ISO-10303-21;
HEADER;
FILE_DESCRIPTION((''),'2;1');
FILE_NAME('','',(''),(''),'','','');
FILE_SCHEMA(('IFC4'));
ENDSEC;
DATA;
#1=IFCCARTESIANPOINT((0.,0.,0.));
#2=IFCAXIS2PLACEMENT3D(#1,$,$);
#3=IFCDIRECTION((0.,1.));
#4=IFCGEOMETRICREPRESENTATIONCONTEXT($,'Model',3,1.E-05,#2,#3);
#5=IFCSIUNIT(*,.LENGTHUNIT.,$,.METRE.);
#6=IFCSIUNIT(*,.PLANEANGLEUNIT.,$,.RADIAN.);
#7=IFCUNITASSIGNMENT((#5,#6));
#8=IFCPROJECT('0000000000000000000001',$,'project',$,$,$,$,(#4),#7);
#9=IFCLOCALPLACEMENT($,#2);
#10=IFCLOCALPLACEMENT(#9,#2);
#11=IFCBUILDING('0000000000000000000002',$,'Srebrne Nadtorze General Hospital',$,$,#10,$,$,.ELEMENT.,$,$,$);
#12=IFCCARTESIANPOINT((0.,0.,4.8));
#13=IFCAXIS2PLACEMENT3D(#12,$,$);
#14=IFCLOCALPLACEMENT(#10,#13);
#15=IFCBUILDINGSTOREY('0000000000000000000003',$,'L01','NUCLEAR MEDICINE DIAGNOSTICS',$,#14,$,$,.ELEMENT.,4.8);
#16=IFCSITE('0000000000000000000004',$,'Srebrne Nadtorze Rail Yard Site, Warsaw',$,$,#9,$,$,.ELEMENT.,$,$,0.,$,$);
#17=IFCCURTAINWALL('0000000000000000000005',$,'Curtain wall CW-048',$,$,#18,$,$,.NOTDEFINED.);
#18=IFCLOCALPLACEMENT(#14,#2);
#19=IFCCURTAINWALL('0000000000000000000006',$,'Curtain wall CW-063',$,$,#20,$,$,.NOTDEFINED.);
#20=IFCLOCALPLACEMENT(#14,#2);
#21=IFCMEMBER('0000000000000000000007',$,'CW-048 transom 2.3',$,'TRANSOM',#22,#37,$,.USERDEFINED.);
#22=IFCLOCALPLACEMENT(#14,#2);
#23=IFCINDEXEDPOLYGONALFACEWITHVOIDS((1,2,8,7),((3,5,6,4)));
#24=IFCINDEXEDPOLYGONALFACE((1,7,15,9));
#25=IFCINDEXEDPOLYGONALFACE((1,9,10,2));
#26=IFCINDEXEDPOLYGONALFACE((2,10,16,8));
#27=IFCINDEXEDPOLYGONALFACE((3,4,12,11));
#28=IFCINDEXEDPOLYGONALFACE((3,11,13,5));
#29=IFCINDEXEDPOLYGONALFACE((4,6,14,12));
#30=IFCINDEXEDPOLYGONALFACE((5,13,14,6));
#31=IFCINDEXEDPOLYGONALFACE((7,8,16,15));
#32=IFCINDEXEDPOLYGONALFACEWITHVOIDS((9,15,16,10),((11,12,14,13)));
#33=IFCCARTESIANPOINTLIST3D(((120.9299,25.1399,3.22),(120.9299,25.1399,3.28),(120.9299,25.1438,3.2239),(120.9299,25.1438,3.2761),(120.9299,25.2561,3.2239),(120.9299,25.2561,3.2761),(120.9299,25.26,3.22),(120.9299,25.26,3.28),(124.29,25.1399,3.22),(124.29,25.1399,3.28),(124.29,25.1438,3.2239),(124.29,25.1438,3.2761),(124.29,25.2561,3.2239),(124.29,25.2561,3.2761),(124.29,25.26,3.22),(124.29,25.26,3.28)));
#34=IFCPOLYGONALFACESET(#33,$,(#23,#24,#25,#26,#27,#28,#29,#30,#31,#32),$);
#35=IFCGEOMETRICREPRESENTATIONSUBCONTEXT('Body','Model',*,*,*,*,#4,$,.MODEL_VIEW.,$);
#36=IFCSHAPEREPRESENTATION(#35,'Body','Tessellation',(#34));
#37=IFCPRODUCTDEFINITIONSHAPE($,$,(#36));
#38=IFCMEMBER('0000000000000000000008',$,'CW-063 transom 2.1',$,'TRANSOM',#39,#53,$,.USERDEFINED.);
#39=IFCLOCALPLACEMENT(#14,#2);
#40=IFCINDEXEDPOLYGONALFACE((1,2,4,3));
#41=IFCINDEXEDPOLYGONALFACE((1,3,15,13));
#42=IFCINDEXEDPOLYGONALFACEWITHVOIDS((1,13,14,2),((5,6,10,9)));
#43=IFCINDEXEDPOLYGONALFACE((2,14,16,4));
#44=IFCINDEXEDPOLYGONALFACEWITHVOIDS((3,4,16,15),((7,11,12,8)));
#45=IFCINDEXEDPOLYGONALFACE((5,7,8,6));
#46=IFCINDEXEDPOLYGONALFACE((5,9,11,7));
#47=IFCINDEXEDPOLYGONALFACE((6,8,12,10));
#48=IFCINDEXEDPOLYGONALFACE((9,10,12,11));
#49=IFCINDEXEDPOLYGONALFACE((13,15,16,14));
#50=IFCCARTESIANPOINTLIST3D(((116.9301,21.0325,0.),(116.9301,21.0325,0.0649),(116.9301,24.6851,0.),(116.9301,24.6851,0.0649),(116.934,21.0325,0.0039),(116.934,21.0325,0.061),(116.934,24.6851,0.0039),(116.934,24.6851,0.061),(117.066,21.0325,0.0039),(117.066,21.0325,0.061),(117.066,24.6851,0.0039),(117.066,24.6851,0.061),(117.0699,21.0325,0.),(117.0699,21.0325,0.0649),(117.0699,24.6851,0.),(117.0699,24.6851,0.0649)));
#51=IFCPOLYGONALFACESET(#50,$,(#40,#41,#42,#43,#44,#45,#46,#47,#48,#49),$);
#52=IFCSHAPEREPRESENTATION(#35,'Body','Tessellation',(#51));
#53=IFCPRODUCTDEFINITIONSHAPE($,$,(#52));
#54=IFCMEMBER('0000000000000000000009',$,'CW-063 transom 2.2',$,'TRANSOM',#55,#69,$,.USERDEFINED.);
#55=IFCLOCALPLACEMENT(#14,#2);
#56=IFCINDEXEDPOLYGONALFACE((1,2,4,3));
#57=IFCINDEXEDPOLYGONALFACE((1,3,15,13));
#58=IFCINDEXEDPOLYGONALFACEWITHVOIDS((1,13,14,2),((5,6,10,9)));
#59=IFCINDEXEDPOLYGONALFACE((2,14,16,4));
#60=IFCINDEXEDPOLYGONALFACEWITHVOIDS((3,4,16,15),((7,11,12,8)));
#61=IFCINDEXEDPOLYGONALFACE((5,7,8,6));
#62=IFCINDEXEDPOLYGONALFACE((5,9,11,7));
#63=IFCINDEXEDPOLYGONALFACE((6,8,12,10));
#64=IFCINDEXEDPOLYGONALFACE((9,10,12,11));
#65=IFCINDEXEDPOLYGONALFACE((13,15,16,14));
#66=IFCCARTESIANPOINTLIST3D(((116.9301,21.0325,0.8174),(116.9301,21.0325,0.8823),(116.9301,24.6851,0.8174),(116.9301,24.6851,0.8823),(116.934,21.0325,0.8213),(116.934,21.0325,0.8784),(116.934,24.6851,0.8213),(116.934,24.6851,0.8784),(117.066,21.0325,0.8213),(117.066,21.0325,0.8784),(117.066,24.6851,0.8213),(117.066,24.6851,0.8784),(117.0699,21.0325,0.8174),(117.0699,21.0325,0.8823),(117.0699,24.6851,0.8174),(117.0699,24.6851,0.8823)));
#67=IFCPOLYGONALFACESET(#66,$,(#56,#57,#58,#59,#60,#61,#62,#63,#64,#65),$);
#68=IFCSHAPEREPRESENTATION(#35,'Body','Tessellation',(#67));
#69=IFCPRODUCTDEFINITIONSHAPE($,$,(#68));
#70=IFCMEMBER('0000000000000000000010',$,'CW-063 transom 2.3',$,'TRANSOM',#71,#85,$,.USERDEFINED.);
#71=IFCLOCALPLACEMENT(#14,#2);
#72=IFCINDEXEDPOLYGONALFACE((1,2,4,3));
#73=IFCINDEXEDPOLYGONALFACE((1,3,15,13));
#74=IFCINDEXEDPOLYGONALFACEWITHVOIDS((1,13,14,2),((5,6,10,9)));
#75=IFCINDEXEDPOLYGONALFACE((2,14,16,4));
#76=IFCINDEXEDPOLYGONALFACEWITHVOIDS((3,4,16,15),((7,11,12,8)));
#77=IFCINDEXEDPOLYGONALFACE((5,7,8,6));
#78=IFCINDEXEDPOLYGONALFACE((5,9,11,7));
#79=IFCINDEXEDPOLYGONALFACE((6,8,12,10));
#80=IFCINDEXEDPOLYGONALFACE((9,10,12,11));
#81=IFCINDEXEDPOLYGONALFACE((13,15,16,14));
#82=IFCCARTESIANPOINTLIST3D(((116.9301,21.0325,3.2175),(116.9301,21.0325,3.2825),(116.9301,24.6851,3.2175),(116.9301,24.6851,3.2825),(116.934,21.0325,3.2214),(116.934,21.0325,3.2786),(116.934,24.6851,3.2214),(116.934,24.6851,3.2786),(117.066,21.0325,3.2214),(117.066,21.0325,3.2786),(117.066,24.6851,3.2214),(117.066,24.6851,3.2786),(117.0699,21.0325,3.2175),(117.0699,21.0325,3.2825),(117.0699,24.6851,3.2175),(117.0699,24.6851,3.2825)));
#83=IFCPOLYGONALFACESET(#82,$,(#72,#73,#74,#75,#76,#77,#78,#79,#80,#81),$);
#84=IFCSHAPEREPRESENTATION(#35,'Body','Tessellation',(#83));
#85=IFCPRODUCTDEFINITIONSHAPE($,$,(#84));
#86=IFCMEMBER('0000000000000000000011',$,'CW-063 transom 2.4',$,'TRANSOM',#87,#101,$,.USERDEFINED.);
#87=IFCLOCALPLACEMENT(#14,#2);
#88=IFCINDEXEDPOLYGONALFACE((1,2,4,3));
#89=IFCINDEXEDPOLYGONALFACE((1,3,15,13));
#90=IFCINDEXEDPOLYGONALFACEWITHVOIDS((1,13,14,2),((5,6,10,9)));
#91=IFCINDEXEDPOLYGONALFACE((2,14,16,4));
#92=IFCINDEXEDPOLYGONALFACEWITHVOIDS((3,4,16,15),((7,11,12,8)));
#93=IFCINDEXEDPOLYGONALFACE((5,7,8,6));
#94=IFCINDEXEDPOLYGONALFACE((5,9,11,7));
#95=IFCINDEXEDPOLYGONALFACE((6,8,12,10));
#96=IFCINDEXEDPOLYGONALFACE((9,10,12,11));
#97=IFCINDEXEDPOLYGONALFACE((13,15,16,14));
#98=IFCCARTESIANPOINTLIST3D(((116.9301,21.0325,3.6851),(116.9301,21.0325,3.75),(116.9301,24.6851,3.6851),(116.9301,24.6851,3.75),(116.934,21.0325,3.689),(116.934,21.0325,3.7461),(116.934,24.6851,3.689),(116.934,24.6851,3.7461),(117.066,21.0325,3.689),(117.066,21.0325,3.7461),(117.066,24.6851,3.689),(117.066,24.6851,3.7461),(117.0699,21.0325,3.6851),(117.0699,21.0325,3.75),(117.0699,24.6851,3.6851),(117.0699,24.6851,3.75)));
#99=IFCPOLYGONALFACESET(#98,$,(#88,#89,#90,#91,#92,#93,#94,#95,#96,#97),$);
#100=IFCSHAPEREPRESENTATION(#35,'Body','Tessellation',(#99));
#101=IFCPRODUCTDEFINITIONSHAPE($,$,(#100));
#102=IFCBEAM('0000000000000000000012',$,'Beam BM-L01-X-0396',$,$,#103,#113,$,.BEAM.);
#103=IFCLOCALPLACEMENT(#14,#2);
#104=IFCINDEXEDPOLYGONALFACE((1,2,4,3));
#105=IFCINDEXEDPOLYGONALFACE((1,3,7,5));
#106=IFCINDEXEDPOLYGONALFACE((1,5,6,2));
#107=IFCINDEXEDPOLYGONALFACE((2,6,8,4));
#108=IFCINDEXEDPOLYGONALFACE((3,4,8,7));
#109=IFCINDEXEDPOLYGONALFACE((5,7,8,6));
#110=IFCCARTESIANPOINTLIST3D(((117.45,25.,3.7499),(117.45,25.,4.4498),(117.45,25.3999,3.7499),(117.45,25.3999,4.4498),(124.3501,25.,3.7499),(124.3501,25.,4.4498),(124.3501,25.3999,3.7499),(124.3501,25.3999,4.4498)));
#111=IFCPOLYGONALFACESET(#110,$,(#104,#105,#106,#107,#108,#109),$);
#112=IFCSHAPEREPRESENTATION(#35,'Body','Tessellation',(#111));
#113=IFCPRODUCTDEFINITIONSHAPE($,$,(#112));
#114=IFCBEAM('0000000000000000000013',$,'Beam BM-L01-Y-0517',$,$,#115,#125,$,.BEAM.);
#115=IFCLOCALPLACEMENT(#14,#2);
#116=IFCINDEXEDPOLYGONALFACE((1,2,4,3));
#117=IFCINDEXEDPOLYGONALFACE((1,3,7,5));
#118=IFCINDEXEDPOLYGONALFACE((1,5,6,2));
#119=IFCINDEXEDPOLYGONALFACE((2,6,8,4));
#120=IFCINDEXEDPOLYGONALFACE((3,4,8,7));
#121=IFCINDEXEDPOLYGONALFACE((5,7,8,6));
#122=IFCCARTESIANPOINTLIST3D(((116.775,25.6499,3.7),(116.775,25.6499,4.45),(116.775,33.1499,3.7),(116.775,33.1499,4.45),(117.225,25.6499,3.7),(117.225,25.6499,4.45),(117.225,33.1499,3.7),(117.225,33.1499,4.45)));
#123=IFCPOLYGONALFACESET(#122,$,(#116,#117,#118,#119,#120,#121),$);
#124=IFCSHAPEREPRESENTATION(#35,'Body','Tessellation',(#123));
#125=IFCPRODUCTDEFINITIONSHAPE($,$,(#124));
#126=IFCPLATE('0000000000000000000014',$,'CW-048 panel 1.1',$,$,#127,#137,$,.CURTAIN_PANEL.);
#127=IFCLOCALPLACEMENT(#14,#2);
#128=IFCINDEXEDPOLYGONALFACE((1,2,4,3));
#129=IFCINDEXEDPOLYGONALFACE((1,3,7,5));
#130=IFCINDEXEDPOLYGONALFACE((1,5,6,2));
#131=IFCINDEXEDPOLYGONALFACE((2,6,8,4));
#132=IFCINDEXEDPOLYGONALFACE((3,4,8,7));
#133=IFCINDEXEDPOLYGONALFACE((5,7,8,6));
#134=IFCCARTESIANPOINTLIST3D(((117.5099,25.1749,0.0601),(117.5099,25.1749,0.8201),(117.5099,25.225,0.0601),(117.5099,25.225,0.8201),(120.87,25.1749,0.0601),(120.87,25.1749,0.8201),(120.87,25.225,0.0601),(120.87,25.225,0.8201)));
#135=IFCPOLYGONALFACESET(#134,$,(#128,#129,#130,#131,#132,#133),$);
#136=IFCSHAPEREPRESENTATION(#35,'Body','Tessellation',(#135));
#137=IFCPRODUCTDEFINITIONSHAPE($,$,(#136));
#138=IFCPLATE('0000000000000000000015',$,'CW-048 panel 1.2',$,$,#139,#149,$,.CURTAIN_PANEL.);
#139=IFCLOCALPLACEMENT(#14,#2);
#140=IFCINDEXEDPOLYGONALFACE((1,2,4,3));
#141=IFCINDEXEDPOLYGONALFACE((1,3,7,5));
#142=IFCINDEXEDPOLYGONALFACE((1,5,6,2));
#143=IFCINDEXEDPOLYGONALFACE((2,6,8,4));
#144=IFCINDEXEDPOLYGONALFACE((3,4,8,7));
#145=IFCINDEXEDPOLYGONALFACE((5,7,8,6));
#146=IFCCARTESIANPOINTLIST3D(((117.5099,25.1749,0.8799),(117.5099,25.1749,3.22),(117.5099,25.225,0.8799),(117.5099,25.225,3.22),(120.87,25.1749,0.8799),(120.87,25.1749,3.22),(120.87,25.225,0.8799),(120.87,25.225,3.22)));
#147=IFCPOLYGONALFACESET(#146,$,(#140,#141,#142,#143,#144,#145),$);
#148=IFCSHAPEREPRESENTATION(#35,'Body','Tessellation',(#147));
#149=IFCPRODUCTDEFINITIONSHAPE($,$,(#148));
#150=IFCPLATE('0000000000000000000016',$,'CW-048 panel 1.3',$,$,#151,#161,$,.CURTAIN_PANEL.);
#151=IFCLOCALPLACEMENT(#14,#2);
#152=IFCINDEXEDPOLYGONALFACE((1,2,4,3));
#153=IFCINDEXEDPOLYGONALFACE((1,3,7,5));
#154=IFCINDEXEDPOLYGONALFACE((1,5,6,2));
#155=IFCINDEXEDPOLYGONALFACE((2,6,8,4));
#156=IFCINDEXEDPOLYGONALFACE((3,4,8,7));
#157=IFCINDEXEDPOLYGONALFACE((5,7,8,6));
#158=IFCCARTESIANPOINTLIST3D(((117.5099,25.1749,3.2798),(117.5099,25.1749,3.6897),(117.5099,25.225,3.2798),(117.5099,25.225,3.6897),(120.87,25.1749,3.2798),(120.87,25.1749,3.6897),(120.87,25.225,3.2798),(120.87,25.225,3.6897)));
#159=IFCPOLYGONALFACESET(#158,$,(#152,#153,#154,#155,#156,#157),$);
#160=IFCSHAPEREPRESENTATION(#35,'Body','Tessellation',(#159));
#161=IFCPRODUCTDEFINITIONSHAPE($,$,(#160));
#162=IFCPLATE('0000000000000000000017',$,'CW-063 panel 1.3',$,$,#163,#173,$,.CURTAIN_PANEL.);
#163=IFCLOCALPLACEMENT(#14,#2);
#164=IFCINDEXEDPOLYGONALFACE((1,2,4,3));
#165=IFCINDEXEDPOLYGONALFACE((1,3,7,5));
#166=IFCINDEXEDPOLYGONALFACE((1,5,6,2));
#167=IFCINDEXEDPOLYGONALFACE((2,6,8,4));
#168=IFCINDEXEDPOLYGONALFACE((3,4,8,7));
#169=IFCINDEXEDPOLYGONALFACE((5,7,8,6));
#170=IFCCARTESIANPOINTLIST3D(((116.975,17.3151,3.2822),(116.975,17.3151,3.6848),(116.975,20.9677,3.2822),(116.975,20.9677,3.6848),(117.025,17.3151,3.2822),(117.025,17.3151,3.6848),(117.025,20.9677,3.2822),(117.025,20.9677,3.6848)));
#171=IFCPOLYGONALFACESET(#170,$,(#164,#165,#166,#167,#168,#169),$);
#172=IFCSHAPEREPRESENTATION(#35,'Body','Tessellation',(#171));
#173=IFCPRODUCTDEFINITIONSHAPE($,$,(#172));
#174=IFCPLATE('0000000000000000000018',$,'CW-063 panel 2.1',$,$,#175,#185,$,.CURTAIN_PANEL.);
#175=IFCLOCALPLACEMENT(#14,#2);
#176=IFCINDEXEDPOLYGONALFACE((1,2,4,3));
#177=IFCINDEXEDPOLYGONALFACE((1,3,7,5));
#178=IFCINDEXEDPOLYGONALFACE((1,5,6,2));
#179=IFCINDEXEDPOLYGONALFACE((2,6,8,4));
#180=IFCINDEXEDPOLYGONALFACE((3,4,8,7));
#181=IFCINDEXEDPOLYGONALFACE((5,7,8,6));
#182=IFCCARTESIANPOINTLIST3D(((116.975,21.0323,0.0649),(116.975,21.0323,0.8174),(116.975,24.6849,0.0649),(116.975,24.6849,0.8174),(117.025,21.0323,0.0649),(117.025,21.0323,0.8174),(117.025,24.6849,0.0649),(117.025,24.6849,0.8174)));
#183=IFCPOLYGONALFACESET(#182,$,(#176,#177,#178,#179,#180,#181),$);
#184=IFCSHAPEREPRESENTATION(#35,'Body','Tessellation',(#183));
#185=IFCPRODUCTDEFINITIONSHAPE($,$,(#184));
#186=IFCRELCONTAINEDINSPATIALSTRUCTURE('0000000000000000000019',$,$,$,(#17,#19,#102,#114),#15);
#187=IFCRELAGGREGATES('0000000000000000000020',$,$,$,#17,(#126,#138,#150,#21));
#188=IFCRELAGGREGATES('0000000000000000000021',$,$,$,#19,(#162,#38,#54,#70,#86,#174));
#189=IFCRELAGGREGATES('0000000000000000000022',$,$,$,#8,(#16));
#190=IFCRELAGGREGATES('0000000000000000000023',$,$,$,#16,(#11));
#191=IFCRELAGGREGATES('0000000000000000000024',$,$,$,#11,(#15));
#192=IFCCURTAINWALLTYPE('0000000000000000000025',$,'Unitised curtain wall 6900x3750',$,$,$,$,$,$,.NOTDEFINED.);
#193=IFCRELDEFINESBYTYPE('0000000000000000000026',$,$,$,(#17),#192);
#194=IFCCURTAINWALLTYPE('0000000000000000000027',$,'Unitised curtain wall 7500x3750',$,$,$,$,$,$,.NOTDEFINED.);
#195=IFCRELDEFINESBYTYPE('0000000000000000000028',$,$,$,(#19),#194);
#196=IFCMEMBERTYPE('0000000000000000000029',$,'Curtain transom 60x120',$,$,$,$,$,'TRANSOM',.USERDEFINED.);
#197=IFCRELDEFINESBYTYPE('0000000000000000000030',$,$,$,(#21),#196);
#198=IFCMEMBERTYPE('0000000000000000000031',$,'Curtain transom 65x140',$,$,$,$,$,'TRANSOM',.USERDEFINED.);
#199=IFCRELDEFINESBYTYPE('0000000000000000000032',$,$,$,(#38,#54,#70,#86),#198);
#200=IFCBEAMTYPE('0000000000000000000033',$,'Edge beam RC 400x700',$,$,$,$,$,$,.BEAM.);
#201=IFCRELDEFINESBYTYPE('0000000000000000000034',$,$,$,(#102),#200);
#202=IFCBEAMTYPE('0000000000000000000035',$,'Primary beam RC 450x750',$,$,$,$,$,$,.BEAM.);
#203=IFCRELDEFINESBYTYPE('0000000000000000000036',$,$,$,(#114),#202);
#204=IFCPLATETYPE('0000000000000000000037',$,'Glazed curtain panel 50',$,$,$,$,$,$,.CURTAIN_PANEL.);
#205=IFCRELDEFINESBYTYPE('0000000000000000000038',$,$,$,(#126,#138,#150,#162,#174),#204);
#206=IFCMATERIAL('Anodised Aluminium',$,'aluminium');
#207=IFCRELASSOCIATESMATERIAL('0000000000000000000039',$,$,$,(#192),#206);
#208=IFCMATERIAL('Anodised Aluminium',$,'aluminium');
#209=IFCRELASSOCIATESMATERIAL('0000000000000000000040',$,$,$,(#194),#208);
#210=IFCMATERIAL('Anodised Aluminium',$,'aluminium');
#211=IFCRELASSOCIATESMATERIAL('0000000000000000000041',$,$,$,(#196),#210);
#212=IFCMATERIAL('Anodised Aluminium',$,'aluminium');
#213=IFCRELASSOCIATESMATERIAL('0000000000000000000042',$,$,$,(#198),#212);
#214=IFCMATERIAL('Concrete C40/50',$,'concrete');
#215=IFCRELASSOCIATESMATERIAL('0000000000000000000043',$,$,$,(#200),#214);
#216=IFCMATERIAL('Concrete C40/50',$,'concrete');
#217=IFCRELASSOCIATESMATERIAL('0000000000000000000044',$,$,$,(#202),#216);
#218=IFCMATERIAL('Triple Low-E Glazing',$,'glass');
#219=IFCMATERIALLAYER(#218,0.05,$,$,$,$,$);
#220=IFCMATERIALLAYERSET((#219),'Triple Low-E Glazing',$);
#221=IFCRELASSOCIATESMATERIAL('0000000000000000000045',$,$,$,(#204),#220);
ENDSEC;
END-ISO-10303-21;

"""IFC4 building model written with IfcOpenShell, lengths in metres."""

from ifc_helpers import new_model, si_unit, direction, frame, origin, origin_2d, place, context, subcontext, project, spatial, rectangle, hollow_rectangle, extrude, material, layer, layer_set, material_profile, profile_set, type_object, element, aggregate, save


model = new_model("IFC4")

# Units and contexts
model_context = context("Model", 3, precision=1e-05, world=origin(), true_north=direction((0.0, 1.0)))
body_context = subcontext(model_context, "Body", "Model", "MODEL_VIEW")
ifc_project = project(units=[si_unit("LENGTHUNIT", "METRE"), si_unit("PLANEANGLEUNIT", "RADIAN")], contexts=[model_context])

# Site, building, storey
site_placement = place(None, origin())
site = spatial("IfcSite", under=ifc_project, at=site_placement, Name="Srebrne Nadtorze Rail Yard Site, Warsaw", CompositionType="ELEMENT", RefElevation=0.0)
building_placement = place(site_placement, origin())
building = spatial("IfcBuilding", under=site, at=building_placement, Name="Srebrne Nadtorze General Hospital", CompositionType="ELEMENT")
storey_placement = place(building_placement, frame((0.0, 0.0, 4.8)))
storey = spatial("IfcBuildingStorey", under=building, at=storey_placement, Name="L01", Description="NUCLEAR MEDICINE DIAGNOSTICS", CompositionType="ELEMENT", Elevation=4.8)

# Curtain walls
ifc_material_1 = material(Name="Anodised Aluminium", Category="aluminium")
curtain_wall_type_1 = type_object("IfcCurtainWallType", Name="Unitised curtain wall 6900x3750", PredefinedType="NOTDEFINED", material=ifc_material_1)
curtain_wall_1_placement = place(storey_placement, origin())
curtain_wall_1 = element("IfcCurtainWall", 1, at=curtain_wall_1_placement, inside=storey, type_object=curtain_wall_type_1, Name="Curtain wall CW-048", PredefinedType="NOTDEFINED")
ifc_material_2 = material(Name="Anodised Aluminium", Category="aluminium")
curtain_wall_type_2 = type_object("IfcCurtainWallType", Name="Unitised curtain wall 7500x3750", PredefinedType="NOTDEFINED", material=ifc_material_2)
curtain_wall_2_placement = place(storey_placement, origin())
curtain_wall_2 = element("IfcCurtainWall", 2, at=curtain_wall_2_placement, inside=storey, type_object=curtain_wall_type_2, Name="Curtain wall CW-063", PredefinedType="NOTDEFINED")

# Members
ifc_material_3 = material(Name="Anodised Aluminium", Category="aluminium")
ifc_material_profile_1 = material_profile(ifc_material_3, hollow_rectangle(XDim=0.0601, YDim=0.1201, WallThickness=0.0039, at=origin_2d()), Name="AL-TRN-60x120")
ifc_profile_set_1 = profile_set([ifc_material_profile_1], Name="Anodised Aluminium")
member_type_1 = type_object("IfcMemberType", Name="Curtain transom 60x120", ElementType="TRANSOM", PredefinedType="USERDEFINED", material=ifc_profile_set_1)
member_1_placement = place(storey_placement, frame((120.9299, 25.2, 3.25), z_axis=(1.0, 0.0, 0.0), x_axis=(0.0, 0.0, 1.0)))
member_1 = element("IfcMember", 3, at=member_1_placement, type_object=member_type_1, Name="CW-048 transom 2.3", ObjectType="TRANSOM", PredefinedType="USERDEFINED", context=body_context, shape_type="SweptSolid", body=[
    extrude(hollow_rectangle(XDim=0.0601, YDim=0.1201, WallThickness=0.0039, at=origin_2d()), origin(), (0.0, 0.0, 1.0), 3.3601),
])
ifc_material_4 = material(Name="Anodised Aluminium", Category="aluminium")
ifc_material_profile_2 = material_profile(ifc_material_4, hollow_rectangle(XDim=0.0649, YDim=0.1399, WallThickness=0.0039, at=origin_2d()), Name="AL-TRN-65x140")
ifc_profile_set_2 = profile_set([ifc_material_profile_2], Name="Anodised Aluminium")
member_type_2 = type_object("IfcMemberType", Name="Curtain transom 65x140", ElementType="TRANSOM", PredefinedType="USERDEFINED", material=ifc_profile_set_2)
member_2_placement = place(storey_placement, frame((117.0, 21.0325, 0.0325), z_axis=(0.0, 1.0, 0.0), x_axis=(0.0, 0.0, 1.0)))
member_2 = element("IfcMember", 4, at=member_2_placement, type_object=member_type_2, Name="CW-063 transom 2.1", ObjectType="TRANSOM", PredefinedType="USERDEFINED", context=body_context, shape_type="SweptSolid", body=[
    extrude(hollow_rectangle(XDim=0.0649, YDim=0.1399, WallThickness=0.0039, at=origin_2d()), origin(), (0.0, 0.0, 1.0), 3.6526),
])
member_3_placement = place(storey_placement, frame((117.0, 21.0325, 0.8499), z_axis=(0.0, 1.0, 0.0), x_axis=(0.0, 0.0, 1.0)))
member_3 = element("IfcMember", 5, at=member_3_placement, type_object=member_type_2, Name="CW-063 transom 2.2", ObjectType="TRANSOM", PredefinedType="USERDEFINED", context=body_context, shape_type="SweptSolid", body=[
    extrude(hollow_rectangle(XDim=0.0649, YDim=0.1399, WallThickness=0.0039, at=origin_2d()), origin(), (0.0, 0.0, 1.0), 3.6526),
])
member_4_placement = place(storey_placement, frame((117.0, 21.0325, 3.25), z_axis=(0.0, 1.0, 0.0), x_axis=(0.0, 0.0, 1.0)))
member_4 = element("IfcMember", 6, at=member_4_placement, type_object=member_type_2, Name="CW-063 transom 2.3", ObjectType="TRANSOM", PredefinedType="USERDEFINED", context=body_context, shape_type="SweptSolid", body=[
    extrude(hollow_rectangle(XDim=0.0649, YDim=0.1399, WallThickness=0.0039, at=origin_2d()), origin(), (0.0, 0.0, 1.0), 3.6526),
])
member_5_placement = place(storey_placement, frame((117.0, 21.0325, 3.7175), z_axis=(0.0, 1.0, 0.0), x_axis=(0.0, 0.0, 1.0)))
member_5 = element("IfcMember", 7, at=member_5_placement, type_object=member_type_2, Name="CW-063 transom 2.4", ObjectType="TRANSOM", PredefinedType="USERDEFINED", context=body_context, shape_type="SweptSolid", body=[
    extrude(hollow_rectangle(XDim=0.0649, YDim=0.1399, WallThickness=0.0039, at=origin_2d()), origin(), (0.0, 0.0, 1.0), 3.6526),
])

# Beams
ifc_material_5 = material(Name="Concrete C40/50", Category="concrete")
ifc_material_profile_3 = material_profile(ifc_material_5, rectangle(XDim=0.3999, YDim=0.7, at=origin_2d()), Name="RC-BM-400x700")
ifc_profile_set_3 = profile_set([ifc_material_profile_3], Name="Concrete C40/50")
beam_type_1 = type_object("IfcBeamType", Name="Edge beam RC 400x700", PredefinedType="BEAM", material=ifc_profile_set_3)
beam_1_placement = place(storey_placement, frame((117.45, 25.2, 4.0999), z_axis=(1.0, 0.0, 0.0), x_axis=(0.0, 1.0, 0.0)))
element("IfcBeam", 8, at=beam_1_placement, inside=storey, type_object=beam_type_1, Name="Beam BM-L01-X-0396", PredefinedType="BEAM", context=body_context, shape_type="SweptSolid", body=[
    extrude(rectangle(XDim=0.3999, YDim=0.7, at=origin_2d()), origin(), (0.0, 0.0, 1.0), 6.9001),
])
ifc_material_6 = material(Name="Concrete C40/50", Category="concrete")
ifc_material_profile_4 = material_profile(ifc_material_6, rectangle(XDim=0.45, YDim=0.75, at=origin_2d()), Name="RC-BM-450x750")
ifc_profile_set_4 = profile_set([ifc_material_profile_4], Name="Concrete C40/50")
beam_type_2 = type_object("IfcBeamType", Name="Primary beam RC 450x750", PredefinedType="BEAM", material=ifc_profile_set_4)
beam_2_placement = place(storey_placement, frame((117.0, 25.6499, 4.075), z_axis=(0.0, 1.0, 0.0), x_axis=(-1.0, 0.0, 0.0)))
element("IfcBeam", 9, at=beam_2_placement, inside=storey, type_object=beam_type_2, Name="Beam BM-L01-Y-0517", PredefinedType="BEAM", context=body_context, shape_type="SweptSolid", body=[
    extrude(rectangle(XDim=0.45, YDim=0.75, at=origin_2d()), origin(), (0.0, 0.0, 1.0), 7.5),
])

# Plates
ifc_material_7 = material(Name="Triple Low-E Glazing", Category="glass")
ifc_layer = layer(ifc_material_7, 0.05)
ifc_layer_set = layer_set([ifc_layer], Name="Triple Low-E Glazing")
plate_type = type_object("IfcPlateType", Name="Glazed curtain panel 50", PredefinedType="CURTAIN_PANEL", material=ifc_layer_set)
plate_1_placement = place(storey_placement, frame((119.1899, 25.2, 0.0601), z_axis=(0.0, 0.0, 1.0), x_axis=(1.0, 0.0, 0.0)))
plate_1 = element("IfcPlate", 10, at=plate_1_placement, type_object=plate_type, Name="CW-048 panel 1.1", PredefinedType="CURTAIN_PANEL", context=body_context, shape_type="SweptSolid", body=[
    extrude(rectangle(XDim=3.3601, YDim=0.05, at=origin_2d()), origin(), (0.0, 0.0, 1.0), 0.76),
])
plate_2_placement = place(storey_placement, frame((119.1899, 25.2, 0.8799), z_axis=(0.0, 0.0, 1.0), x_axis=(1.0, 0.0, 0.0)))
plate_2 = element("IfcPlate", 11, at=plate_2_placement, type_object=plate_type, Name="CW-048 panel 1.2", PredefinedType="CURTAIN_PANEL", context=body_context, shape_type="SweptSolid", body=[
    extrude(rectangle(XDim=3.3601, YDim=0.05, at=origin_2d()), origin(), (0.0, 0.0, 1.0), 2.3401),
])
plate_3_placement = place(storey_placement, frame((119.1899, 25.2, 3.2798), z_axis=(0.0, 0.0, 1.0), x_axis=(1.0, 0.0, 0.0)))
plate_3 = element("IfcPlate", 12, at=plate_3_placement, type_object=plate_type, Name="CW-048 panel 1.3", PredefinedType="CURTAIN_PANEL", context=body_context, shape_type="SweptSolid", body=[
    extrude(rectangle(XDim=3.3601, YDim=0.05, at=origin_2d()), origin(), (0.0, 0.0, 1.0), 0.4099),
])
aggregate(curtain_wall_1, [plate_1, plate_2, plate_3, member_1])
plate_4_placement = place(storey_placement, frame((117.0, 19.1414, 3.2822), z_axis=(0.0, 0.0, 1.0), x_axis=(0.0, 1.0, 0.0)))
plate_4 = element("IfcPlate", 13, at=plate_4_placement, type_object=plate_type, Name="CW-063 panel 1.3", PredefinedType="CURTAIN_PANEL", context=body_context, shape_type="SweptSolid", body=[
    extrude(rectangle(XDim=3.6526, YDim=0.05, at=origin_2d()), origin(), (0.0, 0.0, 1.0), 0.4026),
])
plate_5_placement = place(storey_placement, frame((117.0, 22.8586, 0.0649), z_axis=(0.0, 0.0, 1.0), x_axis=(0.0, 1.0, 0.0)))
plate_5 = element("IfcPlate", 14, at=plate_5_placement, type_object=plate_type, Name="CW-063 panel 2.1", PredefinedType="CURTAIN_PANEL", context=body_context, shape_type="SweptSolid", body=[
    extrude(rectangle(XDim=3.6526, YDim=0.05, at=origin_2d()), origin(), (0.0, 0.0, 1.0), 0.7524),
])
aggregate(curtain_wall_2, [plate_4, member_2, member_3, member_4, member_5, plate_5])

save(model, "model.ifc")
